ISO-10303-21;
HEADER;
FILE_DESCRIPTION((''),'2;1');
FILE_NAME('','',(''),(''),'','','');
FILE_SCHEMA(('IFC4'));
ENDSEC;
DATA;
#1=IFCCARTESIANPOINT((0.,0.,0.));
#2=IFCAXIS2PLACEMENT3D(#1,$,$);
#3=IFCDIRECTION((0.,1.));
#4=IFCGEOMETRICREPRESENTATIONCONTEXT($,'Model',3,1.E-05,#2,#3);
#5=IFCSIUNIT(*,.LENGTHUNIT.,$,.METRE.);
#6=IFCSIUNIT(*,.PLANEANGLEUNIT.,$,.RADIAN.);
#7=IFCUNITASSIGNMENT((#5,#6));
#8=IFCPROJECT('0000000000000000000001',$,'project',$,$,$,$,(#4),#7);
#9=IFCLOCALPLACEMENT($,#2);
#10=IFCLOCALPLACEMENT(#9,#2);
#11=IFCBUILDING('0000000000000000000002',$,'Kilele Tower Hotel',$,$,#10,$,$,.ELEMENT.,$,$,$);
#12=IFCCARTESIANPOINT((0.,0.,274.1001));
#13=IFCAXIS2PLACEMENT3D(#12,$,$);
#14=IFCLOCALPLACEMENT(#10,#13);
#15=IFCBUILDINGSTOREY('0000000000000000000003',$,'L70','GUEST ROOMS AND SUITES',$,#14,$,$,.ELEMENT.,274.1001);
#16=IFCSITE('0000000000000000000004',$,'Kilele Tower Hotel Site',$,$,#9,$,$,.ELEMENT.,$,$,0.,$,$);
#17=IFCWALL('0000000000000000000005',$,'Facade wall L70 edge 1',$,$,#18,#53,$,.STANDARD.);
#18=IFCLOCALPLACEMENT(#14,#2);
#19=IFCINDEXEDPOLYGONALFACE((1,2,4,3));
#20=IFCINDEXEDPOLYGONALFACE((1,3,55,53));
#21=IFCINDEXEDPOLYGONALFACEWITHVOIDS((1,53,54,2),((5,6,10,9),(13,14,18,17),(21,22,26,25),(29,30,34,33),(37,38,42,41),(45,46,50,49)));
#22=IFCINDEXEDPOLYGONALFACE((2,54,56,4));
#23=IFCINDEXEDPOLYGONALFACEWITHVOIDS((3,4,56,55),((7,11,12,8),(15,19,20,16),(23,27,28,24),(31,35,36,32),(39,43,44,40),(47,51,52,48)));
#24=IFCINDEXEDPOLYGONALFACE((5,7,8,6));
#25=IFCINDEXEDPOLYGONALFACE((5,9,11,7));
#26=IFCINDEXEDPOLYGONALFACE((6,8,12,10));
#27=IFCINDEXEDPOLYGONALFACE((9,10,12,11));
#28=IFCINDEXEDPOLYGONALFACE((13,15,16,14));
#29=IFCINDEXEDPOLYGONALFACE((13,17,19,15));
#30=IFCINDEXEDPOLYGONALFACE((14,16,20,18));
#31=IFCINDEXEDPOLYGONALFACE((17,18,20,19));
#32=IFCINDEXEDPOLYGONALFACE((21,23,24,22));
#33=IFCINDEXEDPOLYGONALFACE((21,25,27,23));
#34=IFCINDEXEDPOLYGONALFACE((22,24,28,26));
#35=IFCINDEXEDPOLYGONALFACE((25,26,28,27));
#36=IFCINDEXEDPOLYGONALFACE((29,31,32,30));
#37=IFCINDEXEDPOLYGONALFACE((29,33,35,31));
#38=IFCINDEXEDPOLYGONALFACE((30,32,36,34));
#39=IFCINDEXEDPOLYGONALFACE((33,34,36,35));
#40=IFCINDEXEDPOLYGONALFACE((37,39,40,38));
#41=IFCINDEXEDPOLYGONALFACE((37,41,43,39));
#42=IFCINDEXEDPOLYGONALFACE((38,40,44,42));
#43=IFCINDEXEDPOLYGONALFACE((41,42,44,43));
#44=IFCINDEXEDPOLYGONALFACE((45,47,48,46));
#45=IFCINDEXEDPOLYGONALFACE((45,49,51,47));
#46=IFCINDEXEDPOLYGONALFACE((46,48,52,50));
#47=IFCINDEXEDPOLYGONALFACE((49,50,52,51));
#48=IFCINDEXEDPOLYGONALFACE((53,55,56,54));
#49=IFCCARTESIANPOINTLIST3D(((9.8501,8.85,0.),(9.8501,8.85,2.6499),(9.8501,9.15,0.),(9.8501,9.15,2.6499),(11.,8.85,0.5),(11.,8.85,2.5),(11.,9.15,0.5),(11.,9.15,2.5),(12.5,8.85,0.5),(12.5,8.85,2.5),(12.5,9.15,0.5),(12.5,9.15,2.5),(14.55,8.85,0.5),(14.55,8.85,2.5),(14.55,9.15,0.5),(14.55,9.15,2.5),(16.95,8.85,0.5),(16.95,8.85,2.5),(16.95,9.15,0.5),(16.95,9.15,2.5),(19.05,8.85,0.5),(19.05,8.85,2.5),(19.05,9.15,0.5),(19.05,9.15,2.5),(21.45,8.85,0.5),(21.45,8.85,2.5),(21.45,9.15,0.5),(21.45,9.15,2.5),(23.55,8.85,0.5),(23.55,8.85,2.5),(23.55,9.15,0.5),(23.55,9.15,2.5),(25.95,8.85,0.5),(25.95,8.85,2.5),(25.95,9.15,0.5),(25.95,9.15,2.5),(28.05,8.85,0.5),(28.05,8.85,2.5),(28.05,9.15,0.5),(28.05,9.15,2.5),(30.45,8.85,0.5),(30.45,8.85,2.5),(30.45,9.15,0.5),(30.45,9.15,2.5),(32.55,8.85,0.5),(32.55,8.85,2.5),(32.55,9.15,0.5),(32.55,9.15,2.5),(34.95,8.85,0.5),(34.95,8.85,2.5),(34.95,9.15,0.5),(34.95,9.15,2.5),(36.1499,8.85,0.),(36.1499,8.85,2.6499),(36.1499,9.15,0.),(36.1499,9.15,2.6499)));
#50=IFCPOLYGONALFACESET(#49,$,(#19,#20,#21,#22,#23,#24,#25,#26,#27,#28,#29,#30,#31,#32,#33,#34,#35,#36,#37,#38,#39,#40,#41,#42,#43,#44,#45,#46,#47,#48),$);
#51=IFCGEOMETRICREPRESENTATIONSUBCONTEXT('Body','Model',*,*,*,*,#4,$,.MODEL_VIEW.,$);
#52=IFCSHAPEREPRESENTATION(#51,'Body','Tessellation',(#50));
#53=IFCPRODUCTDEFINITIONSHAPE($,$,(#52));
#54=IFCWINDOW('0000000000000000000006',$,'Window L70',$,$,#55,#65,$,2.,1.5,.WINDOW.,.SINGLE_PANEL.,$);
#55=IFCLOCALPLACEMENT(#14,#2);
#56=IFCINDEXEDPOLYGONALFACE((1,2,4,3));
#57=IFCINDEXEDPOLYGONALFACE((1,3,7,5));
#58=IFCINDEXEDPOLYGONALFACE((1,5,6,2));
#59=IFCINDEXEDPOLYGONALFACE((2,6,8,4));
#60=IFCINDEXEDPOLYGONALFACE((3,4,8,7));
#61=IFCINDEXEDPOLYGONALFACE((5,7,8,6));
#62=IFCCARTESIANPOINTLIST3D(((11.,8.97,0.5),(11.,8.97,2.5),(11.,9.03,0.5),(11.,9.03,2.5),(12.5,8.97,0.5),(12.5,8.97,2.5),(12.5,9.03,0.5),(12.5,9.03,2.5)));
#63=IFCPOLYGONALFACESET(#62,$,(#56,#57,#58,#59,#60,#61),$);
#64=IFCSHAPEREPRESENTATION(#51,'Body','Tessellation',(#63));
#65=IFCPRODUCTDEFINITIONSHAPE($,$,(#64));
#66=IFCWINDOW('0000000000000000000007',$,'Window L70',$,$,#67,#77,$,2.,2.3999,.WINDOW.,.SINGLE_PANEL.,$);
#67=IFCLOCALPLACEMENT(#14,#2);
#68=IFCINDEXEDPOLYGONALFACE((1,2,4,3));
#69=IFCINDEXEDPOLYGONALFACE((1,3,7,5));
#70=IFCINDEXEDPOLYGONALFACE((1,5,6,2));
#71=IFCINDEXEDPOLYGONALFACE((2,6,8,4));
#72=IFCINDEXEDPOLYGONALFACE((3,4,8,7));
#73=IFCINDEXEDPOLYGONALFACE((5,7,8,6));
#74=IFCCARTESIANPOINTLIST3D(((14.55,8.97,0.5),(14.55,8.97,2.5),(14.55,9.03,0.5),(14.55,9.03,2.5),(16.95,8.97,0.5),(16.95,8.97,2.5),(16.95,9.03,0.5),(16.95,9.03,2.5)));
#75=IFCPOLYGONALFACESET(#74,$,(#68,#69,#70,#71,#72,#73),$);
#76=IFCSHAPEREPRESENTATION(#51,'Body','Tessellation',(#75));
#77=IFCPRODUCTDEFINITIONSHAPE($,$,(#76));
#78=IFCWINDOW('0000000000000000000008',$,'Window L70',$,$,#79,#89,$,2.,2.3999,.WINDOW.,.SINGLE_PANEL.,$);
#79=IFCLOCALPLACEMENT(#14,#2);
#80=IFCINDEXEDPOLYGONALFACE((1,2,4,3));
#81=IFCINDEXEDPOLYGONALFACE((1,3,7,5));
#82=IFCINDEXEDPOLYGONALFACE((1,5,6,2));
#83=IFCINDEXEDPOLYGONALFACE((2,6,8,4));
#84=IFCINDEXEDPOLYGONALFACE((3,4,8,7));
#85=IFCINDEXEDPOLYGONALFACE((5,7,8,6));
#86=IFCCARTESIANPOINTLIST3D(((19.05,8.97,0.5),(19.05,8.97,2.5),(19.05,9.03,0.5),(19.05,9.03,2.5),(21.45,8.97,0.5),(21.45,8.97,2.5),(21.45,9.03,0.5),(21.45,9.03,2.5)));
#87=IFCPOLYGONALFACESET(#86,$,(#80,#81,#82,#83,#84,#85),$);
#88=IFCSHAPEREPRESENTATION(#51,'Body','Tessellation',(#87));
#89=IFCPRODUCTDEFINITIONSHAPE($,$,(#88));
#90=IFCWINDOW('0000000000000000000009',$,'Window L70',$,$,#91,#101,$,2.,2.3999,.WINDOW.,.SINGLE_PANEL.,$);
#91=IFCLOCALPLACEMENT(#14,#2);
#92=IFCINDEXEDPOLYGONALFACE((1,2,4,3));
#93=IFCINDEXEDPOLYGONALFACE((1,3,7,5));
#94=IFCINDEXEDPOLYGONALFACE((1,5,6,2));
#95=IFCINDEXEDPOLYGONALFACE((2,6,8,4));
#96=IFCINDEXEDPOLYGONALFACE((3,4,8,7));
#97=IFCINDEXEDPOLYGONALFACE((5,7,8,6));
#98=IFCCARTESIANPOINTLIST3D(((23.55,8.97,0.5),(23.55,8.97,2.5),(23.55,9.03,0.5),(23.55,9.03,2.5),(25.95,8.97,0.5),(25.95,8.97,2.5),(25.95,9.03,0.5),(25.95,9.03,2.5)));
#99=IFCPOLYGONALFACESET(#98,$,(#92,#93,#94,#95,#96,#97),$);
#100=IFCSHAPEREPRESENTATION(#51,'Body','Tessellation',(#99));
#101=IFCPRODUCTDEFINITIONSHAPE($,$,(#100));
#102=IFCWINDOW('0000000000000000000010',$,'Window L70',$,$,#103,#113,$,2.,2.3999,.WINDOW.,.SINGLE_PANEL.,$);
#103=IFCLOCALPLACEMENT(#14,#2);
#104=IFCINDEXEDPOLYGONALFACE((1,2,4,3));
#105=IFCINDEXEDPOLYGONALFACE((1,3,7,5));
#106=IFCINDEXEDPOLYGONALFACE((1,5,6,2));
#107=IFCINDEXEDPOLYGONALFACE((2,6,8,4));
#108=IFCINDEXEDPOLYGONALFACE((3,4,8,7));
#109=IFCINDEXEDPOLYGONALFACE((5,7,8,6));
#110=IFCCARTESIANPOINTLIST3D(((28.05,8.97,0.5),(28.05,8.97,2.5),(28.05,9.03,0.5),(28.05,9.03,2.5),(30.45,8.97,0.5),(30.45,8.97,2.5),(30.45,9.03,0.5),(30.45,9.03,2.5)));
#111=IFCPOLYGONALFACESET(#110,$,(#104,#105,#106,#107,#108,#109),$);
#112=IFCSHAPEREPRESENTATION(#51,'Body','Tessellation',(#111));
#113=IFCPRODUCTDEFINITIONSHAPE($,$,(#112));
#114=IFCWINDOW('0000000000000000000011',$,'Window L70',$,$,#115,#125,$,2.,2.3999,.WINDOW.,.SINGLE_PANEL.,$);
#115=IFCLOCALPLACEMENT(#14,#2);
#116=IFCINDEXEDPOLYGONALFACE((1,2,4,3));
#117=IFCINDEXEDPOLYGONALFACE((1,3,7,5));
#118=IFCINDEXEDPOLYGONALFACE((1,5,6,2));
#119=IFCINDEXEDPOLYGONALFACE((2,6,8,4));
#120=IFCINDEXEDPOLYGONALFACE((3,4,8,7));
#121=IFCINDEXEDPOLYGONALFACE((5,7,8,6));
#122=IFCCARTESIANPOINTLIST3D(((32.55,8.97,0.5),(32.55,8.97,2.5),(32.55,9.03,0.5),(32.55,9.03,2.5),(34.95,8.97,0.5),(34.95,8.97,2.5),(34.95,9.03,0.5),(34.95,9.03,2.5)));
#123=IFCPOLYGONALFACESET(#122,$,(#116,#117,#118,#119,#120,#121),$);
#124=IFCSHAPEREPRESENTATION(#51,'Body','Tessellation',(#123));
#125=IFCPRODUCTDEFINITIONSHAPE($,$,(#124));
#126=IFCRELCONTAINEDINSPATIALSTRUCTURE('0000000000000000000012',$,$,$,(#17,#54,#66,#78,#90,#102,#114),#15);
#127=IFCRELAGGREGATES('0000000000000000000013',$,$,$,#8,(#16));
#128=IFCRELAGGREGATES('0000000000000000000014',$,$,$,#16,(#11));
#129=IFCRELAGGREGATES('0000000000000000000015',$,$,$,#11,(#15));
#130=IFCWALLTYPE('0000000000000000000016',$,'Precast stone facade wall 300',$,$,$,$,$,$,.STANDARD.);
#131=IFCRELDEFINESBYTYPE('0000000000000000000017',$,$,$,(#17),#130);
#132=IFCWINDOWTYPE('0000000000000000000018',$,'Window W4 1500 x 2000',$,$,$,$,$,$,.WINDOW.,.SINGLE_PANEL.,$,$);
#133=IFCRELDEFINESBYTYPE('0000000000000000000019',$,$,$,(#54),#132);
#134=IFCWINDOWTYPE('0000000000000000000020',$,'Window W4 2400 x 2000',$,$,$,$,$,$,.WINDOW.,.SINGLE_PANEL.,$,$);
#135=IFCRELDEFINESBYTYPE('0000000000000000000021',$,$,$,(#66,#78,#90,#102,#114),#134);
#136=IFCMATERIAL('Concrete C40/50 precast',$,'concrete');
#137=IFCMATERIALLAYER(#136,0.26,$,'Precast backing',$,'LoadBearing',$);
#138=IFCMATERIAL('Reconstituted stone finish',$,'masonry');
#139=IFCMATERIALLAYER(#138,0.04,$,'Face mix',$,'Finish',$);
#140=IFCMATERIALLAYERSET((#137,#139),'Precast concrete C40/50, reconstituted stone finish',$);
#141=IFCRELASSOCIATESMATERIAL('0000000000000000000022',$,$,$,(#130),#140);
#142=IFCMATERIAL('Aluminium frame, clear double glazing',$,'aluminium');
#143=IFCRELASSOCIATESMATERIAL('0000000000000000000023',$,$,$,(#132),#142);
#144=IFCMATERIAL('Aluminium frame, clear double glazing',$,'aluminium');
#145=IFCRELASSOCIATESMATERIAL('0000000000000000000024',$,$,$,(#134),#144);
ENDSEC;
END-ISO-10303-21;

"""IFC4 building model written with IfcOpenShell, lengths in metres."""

from ifc_helpers import new_model, si_unit, direction, frame, frame_2d, origin, place, context, subcontext, project, spatial, rectangle, extrude, material, layer, layer_set, type_object, element, fill, save


model = new_model("IFC4")

# Units and contexts
model_context = context("Model", 3, precision=1e-05, world=origin(), true_north=direction((0.0, 1.0)))
body_context = subcontext(model_context, "Body", "Model", "MODEL_VIEW")
ifc_project = project(units=[si_unit("LENGTHUNIT", "METRE"), si_unit("PLANEANGLEUNIT", "RADIAN")], contexts=[model_context])

# Site, building, storey
site_placement = place(None, origin())
site = spatial("IfcSite", under=ifc_project, at=site_placement, Name="Kilele Tower Hotel Site", CompositionType="ELEMENT", RefElevation=0.0)
building_placement = place(site_placement, origin())
building = spatial("IfcBuilding", under=site, at=building_placement, Name="Kilele Tower Hotel", CompositionType="ELEMENT")
storey_placement = place(building_placement, frame((0.0, 0.0, 274.1001)))
storey = spatial("IfcBuildingStorey", under=building, at=storey_placement, Name="L70", Description="GUEST ROOMS AND SUITES", CompositionType="ELEMENT", Elevation=274.1001)

# Wall, openings, windows
ifc_material_1 = material(Name="Concrete C40/50 precast", Category="concrete")
ifc_layer_1 = layer(ifc_material_1, 0.26, Name="Precast backing", Category="LoadBearing")
ifc_material_2 = material(Name="Reconstituted stone finish", Category="masonry")
ifc_layer_2 = layer(ifc_material_2, 0.04, Name="Face mix", Category="Finish")
ifc_layer_set_1 = layer_set([ifc_layer_1, ifc_layer_2], Name="Precast concrete C40/50, reconstituted stone finish")
wall_type = type_object("IfcWallType", Name="Precast stone facade wall 300", PredefinedType="STANDARD", material=ifc_layer_set_1)
wall_placement = place(storey_placement, frame((9.8501, 9.0, 0.0), z_axis=(0.0, 0.0, 1.0), x_axis=(1.0, 0.0, 0.0)))
wall = element("IfcWall", 1, at=wall_placement, inside=storey, type_object=wall_type, Name="Facade wall L70 edge 1", PredefinedType="STANDARD", context=body_context, shape_type="SweptSolid", body=[
    extrude(rectangle(XDim=26.2998, YDim=0.3, at=frame_2d((13.1499, 0.0))), origin(), (0.0, 0.0, 1.0), 2.6499),
])
opening_1_placement = place(wall_placement, frame((1.1499, 0.0, 0.5)))
opening_1 = element("IfcOpeningElement", 2, at=opening_1_placement, cuts=wall, PredefinedType="OPENING", context=body_context, shape_type="SweptSolid", body=[
    extrude(rectangle(XDim=1.5, YDim=2.0, at=frame_2d((0.75, 1.0))), frame((0.0, 0.1599, 0.0), z_axis=(0.0, -1.0, 0.0), x_axis=(1.0, 0.0, 0.0)), (0.0, 0.0, 1.0), 0.3201),
])
opening_2_placement = place(wall_placement, frame((4.7, 0.0, 0.5)))
opening_2 = element("IfcOpeningElement", 3, at=opening_2_placement, cuts=wall, PredefinedType="OPENING", context=body_context, shape_type="SweptSolid", body=[
    extrude(rectangle(XDim=2.3999, YDim=2.0, at=frame_2d((1.2, 1.0))), frame((0.0, 0.1599, 0.0), z_axis=(0.0, -1.0, 0.0), x_axis=(1.0, 0.0, 0.0)), (0.0, 0.0, 1.0), 0.3201),
])
opening_3_placement = place(wall_placement, frame((9.2, 0.0, 0.5)))
opening_3 = element("IfcOpeningElement", 4, at=opening_3_placement, cuts=wall, PredefinedType="OPENING", context=body_context, shape_type="SweptSolid", body=[
    extrude(rectangle(XDim=2.3999, YDim=2.0, at=frame_2d((1.2, 1.0))), frame((0.0, 0.1599, 0.0), z_axis=(0.0, -1.0, 0.0), x_axis=(1.0, 0.0, 0.0)), (0.0, 0.0, 1.0), 0.3201),
])
opening_4_placement = place(wall_placement, frame((13.7, 0.0, 0.5)))
opening_4 = element("IfcOpeningElement", 5, at=opening_4_placement, cuts=wall, PredefinedType="OPENING", context=body_context, shape_type="SweptSolid", body=[
    extrude(rectangle(XDim=2.3999, YDim=2.0, at=frame_2d((1.2, 1.0))), frame((0.0, 0.1599, 0.0), z_axis=(0.0, -1.0, 0.0), x_axis=(1.0, 0.0, 0.0)), (0.0, 0.0, 1.0), 0.3201),
])
opening_5_placement = place(wall_placement, frame((18.2, 0.0, 0.5)))
opening_5 = element("IfcOpeningElement", 6, at=opening_5_placement, cuts=wall, PredefinedType="OPENING", context=body_context, shape_type="SweptSolid", body=[
    extrude(rectangle(XDim=2.3999, YDim=2.0, at=frame_2d((1.2, 1.0))), frame((0.0, 0.1599, 0.0), z_axis=(0.0, -1.0, 0.0), x_axis=(1.0, 0.0, 0.0)), (0.0, 0.0, 1.0), 0.3201),
])
opening_6_placement = place(wall_placement, frame((22.7, 0.0, 0.5)))
opening_6 = element("IfcOpeningElement", 7, at=opening_6_placement, cuts=wall, PredefinedType="OPENING", context=body_context, shape_type="SweptSolid", body=[
    extrude(rectangle(XDim=2.3999, YDim=2.0, at=frame_2d((1.2, 1.0))), frame((0.0, 0.1599, 0.0), z_axis=(0.0, -1.0, 0.0), x_axis=(1.0, 0.0, 0.0)), (0.0, 0.0, 1.0), 0.3201),
])
ifc_material_3 = material(Name="Aluminium frame, clear double glazing", Category="aluminium")
window_type_1 = type_object("IfcWindowType", Name="Window W4 1500 x 2000", PartitioningType="SINGLE_PANEL", PredefinedType="WINDOW", material=ifc_material_3)
window_1_placement = place(opening_1_placement, origin())
window_1 = element("IfcWindow", 8, at=window_1_placement, inside=storey, type_object=window_type_1, Name="Window L70", OverallHeight=2.0, OverallWidth=1.5, PartitioningType="SINGLE_PANEL", PredefinedType="WINDOW", context=body_context, shape_type="SweptSolid", body=[
    extrude(rectangle(XDim=1.5, YDim=2.0, at=frame_2d((0.75, 1.0))), frame((0.0, 0.03, 0.0), z_axis=(0.0, -1.0, 0.0), x_axis=(1.0, 0.0, 0.0)), (0.0, 0.0, 1.0), 0.0601),
])
fill(opening_1, window_1)
ifc_material_4 = material(Name="Aluminium frame, clear double glazing", Category="aluminium")
window_type_2 = type_object("IfcWindowType", Name="Window W4 2400 x 2000", PartitioningType="SINGLE_PANEL", PredefinedType="WINDOW", material=ifc_material_4)
window_2_placement = place(opening_2_placement, origin())
window_2 = element("IfcWindow", 9, at=window_2_placement, inside=storey, type_object=window_type_2, Name="Window L70", OverallHeight=2.0, OverallWidth=2.3999, PartitioningType="SINGLE_PANEL", PredefinedType="WINDOW", context=body_context, shape_type="SweptSolid", body=[
    extrude(rectangle(XDim=2.3999, YDim=2.0, at=frame_2d((1.2, 1.0))), frame((0.0, 0.03, 0.0), z_axis=(0.0, -1.0, 0.0), x_axis=(1.0, 0.0, 0.0)), (0.0, 0.0, 1.0), 0.0601),
])
fill(opening_2, window_2)
window_3_placement = place(opening_3_placement, origin())
window_3 = element("IfcWindow", 10, at=window_3_placement, inside=storey, type_object=window_type_2, Name="Window L70", OverallHeight=2.0, OverallWidth=2.3999, PartitioningType="SINGLE_PANEL", PredefinedType="WINDOW", context=body_context, shape_type="SweptSolid", body=[
    extrude(rectangle(XDim=2.3999, YDim=2.0, at=frame_2d((1.2, 1.0))), frame((0.0, 0.03, 0.0), z_axis=(0.0, -1.0, 0.0), x_axis=(1.0, 0.0, 0.0)), (0.0, 0.0, 1.0), 0.0601),
])
fill(opening_3, window_3)
window_4_placement = place(opening_4_placement, origin())
window_4 = element("IfcWindow", 11, at=window_4_placement, inside=storey, type_object=window_type_2, Name="Window L70", OverallHeight=2.0, OverallWidth=2.3999, PartitioningType="SINGLE_PANEL", PredefinedType="WINDOW", context=body_context, shape_type="SweptSolid", body=[
    extrude(rectangle(XDim=2.3999, YDim=2.0, at=frame_2d((1.2, 1.0))), frame((0.0, 0.03, 0.0), z_axis=(0.0, -1.0, 0.0), x_axis=(1.0, 0.0, 0.0)), (0.0, 0.0, 1.0), 0.0601),
])
fill(opening_4, window_4)
window_5_placement = place(opening_5_placement, origin())
window_5 = element("IfcWindow", 12, at=window_5_placement, inside=storey, type_object=window_type_2, Name="Window L70", OverallHeight=2.0, OverallWidth=2.3999, PartitioningType="SINGLE_PANEL", PredefinedType="WINDOW", context=body_context, shape_type="SweptSolid", body=[
    extrude(rectangle(XDim=2.3999, YDim=2.0, at=frame_2d((1.2, 1.0))), frame((0.0, 0.03, 0.0), z_axis=(0.0, -1.0, 0.0), x_axis=(1.0, 0.0, 0.0)), (0.0, 0.0, 1.0), 0.0601),
])
fill(opening_5, window_5)
window_6_placement = place(opening_6_placement, origin())
window_6 = element("IfcWindow", 13, at=window_6_placement, inside=storey, type_object=window_type_2, Name="Window L70", OverallHeight=2.0, OverallWidth=2.3999, PartitioningType="SINGLE_PANEL", PredefinedType="WINDOW", context=body_context, shape_type="SweptSolid", body=[
    extrude(rectangle(XDim=2.3999, YDim=2.0, at=frame_2d((1.2, 1.0))), frame((0.0, 0.03, 0.0), z_axis=(0.0, -1.0, 0.0), x_axis=(1.0, 0.0, 0.0)), (0.0, 0.0, 1.0), 0.0601),
])
fill(opening_6, window_6)

save(model, "model.ifc")
